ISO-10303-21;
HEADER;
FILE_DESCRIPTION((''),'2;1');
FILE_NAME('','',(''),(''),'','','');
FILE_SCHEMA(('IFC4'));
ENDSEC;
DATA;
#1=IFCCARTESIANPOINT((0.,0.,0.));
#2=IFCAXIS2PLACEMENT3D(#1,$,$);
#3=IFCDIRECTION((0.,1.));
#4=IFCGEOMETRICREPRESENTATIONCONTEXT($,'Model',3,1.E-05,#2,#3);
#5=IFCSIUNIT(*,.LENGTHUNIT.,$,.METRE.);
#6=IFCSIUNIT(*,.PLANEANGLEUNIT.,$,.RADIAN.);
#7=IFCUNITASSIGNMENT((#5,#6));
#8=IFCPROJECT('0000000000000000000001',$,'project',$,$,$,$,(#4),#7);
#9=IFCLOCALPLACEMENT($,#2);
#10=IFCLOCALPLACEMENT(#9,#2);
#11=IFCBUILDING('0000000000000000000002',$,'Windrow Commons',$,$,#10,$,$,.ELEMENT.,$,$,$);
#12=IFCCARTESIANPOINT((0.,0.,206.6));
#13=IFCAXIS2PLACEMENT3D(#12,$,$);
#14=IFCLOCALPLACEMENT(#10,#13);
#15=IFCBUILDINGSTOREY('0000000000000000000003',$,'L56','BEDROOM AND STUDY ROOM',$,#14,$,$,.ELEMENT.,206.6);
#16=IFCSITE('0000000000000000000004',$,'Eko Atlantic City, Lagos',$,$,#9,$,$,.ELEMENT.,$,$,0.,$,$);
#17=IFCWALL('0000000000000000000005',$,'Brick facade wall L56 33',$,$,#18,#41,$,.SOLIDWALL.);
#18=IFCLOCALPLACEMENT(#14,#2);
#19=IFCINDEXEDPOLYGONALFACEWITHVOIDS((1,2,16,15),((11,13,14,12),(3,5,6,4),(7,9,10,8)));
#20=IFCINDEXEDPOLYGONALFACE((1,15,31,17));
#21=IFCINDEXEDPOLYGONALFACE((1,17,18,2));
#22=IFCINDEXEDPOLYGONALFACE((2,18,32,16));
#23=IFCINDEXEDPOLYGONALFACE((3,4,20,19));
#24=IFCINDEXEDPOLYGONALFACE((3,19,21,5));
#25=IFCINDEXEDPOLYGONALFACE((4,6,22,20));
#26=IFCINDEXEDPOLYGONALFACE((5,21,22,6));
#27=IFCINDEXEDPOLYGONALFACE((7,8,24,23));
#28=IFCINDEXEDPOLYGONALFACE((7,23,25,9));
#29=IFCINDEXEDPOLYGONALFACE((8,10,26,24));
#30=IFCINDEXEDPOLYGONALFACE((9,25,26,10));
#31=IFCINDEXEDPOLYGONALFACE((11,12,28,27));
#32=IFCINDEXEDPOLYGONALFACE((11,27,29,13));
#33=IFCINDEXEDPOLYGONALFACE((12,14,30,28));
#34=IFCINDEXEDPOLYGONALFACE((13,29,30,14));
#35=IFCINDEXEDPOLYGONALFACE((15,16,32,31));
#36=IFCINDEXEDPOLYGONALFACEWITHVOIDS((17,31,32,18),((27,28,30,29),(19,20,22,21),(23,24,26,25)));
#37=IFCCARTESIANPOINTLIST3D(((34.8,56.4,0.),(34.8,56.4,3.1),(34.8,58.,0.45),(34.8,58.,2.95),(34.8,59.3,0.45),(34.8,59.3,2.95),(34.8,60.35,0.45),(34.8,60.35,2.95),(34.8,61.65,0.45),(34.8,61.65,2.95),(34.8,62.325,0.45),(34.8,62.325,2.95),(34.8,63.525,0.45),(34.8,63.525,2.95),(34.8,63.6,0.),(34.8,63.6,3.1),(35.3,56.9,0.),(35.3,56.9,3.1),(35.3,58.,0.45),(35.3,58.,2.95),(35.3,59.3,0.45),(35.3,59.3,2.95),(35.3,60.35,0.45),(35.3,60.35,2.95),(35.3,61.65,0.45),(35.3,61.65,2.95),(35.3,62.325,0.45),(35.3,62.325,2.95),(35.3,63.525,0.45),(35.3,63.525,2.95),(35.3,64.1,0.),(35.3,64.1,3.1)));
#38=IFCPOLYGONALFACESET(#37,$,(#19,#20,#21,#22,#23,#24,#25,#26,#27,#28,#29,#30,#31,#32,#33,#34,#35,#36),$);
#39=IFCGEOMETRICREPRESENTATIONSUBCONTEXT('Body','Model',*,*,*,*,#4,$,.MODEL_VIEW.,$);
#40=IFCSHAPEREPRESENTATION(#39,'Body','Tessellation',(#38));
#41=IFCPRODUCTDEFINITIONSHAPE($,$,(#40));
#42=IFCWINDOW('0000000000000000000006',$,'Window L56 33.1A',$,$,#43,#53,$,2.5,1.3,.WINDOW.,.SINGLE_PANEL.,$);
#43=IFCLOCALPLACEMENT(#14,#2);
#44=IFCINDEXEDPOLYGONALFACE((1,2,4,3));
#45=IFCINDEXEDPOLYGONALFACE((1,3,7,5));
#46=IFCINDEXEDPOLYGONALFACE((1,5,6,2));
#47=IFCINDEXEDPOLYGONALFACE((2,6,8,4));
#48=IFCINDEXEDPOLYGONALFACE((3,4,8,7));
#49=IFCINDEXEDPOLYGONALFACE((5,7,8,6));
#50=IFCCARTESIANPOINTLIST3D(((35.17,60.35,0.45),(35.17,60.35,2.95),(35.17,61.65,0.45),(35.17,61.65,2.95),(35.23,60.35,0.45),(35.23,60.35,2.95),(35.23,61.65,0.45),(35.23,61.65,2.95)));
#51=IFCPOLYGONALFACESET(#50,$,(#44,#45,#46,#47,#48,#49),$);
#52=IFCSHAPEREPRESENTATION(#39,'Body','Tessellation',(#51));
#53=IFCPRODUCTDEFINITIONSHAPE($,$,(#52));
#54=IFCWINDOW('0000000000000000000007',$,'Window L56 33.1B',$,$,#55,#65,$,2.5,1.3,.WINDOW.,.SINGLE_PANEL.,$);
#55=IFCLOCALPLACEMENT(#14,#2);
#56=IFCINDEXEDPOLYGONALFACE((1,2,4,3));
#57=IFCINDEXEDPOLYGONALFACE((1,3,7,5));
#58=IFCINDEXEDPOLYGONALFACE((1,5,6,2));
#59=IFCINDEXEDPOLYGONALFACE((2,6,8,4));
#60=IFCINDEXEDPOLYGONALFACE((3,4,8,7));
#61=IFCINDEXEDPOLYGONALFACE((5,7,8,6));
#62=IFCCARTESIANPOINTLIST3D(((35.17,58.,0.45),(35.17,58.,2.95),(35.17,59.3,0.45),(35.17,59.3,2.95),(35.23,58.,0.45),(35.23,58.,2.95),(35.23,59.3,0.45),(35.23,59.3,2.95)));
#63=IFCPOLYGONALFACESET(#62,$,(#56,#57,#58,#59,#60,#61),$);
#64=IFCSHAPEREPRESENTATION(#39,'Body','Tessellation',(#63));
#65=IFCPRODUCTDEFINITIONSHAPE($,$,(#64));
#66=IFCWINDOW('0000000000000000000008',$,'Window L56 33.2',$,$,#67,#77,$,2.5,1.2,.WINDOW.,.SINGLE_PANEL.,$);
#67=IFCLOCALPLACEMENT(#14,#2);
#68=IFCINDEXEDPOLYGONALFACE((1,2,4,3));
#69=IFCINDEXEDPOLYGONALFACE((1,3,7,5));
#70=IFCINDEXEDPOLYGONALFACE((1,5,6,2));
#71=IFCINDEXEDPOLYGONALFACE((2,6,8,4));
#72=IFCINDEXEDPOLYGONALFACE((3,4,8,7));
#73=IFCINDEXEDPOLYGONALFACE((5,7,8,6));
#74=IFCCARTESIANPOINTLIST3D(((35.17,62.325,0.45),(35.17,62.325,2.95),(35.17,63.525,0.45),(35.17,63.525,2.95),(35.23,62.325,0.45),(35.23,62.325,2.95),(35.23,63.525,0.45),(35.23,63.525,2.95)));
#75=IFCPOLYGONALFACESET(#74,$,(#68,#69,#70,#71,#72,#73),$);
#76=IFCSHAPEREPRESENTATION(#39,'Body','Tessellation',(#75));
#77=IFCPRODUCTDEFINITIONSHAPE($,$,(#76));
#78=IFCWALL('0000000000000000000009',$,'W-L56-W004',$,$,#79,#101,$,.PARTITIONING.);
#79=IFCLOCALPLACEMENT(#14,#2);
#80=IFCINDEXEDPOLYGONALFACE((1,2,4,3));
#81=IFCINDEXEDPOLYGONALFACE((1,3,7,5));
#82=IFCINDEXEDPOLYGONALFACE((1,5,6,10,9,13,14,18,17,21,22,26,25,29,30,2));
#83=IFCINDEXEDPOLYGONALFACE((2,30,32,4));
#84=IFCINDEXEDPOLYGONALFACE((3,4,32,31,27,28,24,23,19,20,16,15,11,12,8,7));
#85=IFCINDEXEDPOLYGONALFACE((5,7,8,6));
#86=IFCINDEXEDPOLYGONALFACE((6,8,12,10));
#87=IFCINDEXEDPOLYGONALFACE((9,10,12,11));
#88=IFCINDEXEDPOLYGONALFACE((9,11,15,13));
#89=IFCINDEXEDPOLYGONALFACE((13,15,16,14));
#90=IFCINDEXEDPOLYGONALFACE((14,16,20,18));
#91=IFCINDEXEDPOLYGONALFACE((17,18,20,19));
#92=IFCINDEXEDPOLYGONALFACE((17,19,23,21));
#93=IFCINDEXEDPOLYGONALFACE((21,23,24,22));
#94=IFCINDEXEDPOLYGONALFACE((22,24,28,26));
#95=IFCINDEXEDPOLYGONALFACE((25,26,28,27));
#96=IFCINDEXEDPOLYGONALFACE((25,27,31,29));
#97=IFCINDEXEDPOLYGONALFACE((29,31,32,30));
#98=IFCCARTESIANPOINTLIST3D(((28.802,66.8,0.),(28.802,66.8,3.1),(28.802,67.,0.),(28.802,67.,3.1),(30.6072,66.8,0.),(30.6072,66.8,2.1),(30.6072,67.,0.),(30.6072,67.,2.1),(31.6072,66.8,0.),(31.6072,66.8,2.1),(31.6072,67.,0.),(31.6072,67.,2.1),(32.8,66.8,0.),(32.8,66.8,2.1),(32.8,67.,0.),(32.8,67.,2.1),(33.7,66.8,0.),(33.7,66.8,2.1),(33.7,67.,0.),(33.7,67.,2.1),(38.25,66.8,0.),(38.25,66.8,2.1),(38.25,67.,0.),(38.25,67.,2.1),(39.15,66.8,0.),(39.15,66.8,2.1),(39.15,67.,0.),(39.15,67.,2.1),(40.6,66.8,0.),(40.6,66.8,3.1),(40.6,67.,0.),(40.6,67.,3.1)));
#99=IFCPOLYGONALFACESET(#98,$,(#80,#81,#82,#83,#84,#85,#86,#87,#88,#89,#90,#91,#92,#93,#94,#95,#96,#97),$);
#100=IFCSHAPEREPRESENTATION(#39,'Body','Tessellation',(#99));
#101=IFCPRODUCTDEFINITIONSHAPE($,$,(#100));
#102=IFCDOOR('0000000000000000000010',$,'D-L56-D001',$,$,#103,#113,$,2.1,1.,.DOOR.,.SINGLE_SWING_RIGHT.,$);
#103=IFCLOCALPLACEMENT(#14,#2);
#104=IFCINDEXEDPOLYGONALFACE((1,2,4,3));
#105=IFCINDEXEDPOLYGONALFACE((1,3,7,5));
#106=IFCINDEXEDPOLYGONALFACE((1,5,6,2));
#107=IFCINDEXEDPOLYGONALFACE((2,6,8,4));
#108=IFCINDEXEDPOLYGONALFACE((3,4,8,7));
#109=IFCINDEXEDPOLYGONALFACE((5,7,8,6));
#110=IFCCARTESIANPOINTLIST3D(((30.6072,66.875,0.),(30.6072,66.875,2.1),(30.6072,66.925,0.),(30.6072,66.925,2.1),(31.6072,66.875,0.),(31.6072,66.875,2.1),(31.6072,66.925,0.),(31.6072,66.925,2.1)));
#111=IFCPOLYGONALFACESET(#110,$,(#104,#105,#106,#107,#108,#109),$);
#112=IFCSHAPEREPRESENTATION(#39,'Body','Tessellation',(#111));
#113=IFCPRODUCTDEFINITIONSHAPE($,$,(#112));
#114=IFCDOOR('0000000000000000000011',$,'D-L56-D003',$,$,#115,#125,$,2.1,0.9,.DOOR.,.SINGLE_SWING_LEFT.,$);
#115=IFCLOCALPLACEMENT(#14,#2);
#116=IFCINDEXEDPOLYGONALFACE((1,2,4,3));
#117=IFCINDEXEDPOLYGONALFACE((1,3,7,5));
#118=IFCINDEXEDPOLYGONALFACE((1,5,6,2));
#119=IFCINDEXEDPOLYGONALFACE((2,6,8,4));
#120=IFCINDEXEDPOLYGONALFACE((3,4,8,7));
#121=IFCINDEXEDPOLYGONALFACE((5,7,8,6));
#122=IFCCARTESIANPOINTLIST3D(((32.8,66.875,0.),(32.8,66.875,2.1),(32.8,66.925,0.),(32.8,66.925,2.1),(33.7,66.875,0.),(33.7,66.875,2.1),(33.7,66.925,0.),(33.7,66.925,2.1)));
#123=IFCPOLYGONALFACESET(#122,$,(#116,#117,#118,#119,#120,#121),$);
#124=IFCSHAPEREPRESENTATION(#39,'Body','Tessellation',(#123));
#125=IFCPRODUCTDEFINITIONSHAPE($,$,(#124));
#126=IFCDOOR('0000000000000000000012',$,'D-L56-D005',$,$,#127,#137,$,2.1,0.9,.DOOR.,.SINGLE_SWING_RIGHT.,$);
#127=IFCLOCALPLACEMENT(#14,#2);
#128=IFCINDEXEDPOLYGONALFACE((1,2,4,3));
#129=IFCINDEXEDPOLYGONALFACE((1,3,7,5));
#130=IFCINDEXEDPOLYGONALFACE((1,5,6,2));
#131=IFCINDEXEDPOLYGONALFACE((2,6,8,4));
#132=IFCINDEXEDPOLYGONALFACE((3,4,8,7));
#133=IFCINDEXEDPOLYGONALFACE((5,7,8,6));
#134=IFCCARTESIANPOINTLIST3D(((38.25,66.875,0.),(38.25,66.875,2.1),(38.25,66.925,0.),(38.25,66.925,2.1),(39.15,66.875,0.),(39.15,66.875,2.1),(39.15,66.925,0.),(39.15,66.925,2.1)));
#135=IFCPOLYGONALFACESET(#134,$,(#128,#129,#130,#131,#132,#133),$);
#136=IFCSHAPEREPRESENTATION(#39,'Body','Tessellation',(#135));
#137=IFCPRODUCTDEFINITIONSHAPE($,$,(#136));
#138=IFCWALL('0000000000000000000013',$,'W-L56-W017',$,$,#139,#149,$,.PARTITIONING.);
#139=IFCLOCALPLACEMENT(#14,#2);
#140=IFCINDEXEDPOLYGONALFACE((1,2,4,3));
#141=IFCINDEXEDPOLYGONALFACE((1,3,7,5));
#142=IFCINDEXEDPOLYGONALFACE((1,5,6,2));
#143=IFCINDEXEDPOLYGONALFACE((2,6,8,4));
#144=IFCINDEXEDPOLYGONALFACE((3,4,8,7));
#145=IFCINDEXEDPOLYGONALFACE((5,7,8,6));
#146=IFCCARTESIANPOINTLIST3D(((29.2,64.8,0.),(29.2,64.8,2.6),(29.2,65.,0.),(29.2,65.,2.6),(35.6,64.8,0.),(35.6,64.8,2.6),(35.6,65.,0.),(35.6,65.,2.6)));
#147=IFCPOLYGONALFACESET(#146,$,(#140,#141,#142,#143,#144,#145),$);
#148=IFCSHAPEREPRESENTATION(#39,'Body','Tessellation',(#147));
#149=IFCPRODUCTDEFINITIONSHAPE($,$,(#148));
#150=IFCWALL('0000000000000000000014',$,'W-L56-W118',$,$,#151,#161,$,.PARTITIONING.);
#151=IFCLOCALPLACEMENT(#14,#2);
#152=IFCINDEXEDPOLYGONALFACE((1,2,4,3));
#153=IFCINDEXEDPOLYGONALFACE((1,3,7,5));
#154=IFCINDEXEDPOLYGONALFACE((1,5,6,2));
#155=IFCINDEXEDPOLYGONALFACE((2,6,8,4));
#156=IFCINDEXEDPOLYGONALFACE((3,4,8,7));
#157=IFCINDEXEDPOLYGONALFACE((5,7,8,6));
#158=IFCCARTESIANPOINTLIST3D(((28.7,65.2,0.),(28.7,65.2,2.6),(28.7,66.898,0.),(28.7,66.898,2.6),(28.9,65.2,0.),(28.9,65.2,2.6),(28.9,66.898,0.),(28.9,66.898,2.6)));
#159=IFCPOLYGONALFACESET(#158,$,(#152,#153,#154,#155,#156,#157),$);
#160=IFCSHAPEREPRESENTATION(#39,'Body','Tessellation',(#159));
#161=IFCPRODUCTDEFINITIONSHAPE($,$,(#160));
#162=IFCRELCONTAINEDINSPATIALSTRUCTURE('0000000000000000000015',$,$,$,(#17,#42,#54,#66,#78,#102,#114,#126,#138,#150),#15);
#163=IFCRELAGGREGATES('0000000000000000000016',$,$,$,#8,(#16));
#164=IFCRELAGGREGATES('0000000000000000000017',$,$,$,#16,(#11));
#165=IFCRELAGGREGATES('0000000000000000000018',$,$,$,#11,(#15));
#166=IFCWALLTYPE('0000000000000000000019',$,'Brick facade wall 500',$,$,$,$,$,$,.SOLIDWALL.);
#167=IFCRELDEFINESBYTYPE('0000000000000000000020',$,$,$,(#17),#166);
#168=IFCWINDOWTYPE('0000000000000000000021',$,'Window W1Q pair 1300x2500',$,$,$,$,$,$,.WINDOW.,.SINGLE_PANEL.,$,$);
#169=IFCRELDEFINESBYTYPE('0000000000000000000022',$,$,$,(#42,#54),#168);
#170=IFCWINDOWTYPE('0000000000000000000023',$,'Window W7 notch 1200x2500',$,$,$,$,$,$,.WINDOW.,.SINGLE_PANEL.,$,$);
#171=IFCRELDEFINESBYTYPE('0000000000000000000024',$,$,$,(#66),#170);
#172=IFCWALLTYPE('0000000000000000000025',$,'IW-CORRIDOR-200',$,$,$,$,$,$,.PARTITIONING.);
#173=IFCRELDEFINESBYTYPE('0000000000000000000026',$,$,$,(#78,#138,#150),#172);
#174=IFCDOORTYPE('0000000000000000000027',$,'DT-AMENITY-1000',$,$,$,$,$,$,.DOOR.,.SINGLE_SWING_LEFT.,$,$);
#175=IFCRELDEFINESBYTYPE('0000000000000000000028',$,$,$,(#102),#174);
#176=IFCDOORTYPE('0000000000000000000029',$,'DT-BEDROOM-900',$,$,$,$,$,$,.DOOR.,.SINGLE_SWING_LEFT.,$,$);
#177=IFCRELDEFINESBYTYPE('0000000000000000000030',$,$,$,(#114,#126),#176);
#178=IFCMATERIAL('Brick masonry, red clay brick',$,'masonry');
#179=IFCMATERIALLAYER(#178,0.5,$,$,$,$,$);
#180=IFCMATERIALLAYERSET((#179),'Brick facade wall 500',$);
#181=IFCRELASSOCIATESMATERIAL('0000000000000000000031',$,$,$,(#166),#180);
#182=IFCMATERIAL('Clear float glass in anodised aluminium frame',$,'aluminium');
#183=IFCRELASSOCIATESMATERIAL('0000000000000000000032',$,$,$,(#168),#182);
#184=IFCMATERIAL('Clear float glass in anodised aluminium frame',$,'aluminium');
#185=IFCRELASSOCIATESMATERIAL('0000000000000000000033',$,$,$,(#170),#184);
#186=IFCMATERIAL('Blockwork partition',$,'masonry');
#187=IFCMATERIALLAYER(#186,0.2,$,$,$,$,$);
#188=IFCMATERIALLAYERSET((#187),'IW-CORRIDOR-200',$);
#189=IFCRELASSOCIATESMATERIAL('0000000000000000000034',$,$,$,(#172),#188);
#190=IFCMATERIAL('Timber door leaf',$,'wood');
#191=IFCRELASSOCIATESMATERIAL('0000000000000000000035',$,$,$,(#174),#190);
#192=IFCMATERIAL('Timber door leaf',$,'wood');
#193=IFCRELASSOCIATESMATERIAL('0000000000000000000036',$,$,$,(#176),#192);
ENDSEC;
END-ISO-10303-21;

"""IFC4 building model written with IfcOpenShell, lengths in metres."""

from ifc_helpers import new_model, si_unit, direction, frame, frame_2d, origin, place, context, subcontext, project, spatial, polyline, rectangle, outline, extrude, material, layer, layer_set, type_object, element, fill, save


model = new_model("IFC4")

# Units and contexts
model_context = context("Model", 3, precision=1e-05, world=origin(), true_north=direction((0.0, 1.0)))
body_context = subcontext(model_context, "Body", "Model", "MODEL_VIEW")
ifc_project = project(units=[si_unit("LENGTHUNIT", "METRE"), si_unit("PLANEANGLEUNIT", "RADIAN")], contexts=[model_context])

# Site, building, storey
site_placement = place(None, origin())
site = spatial("IfcSite", under=ifc_project, at=site_placement, Name="Eko Atlantic City, Lagos", CompositionType="ELEMENT", RefElevation=0.0)
building_placement = place(site_placement, origin())
building = spatial("IfcBuilding", under=site, at=building_placement, Name="Windrow Commons", CompositionType="ELEMENT")
storey_placement = place(building_placement, frame((0.0, 0.0, 206.6)))
storey = spatial("IfcBuildingStorey", under=building, at=storey_placement, Name="L56", Description="BEDROOM AND STUDY ROOM", CompositionType="ELEMENT", Elevation=206.6)

# Wall, openings, windows
ifc_material_1 = material(Name="Brick masonry, red clay brick", Category="masonry")
ifc_layer_1 = layer(ifc_material_1, 0.5)
ifc_layer_set_1 = layer_set([ifc_layer_1], Name="Brick facade wall 500")
wall_type_1 = type_object("IfcWallType", Name="Brick facade wall 500", PredefinedType="SOLIDWALL", material=ifc_layer_set_1)
ifc_material_2 = material(Name="Clear float glass in anodised aluminium frame", Category="aluminium")
window_type_1 = type_object("IfcWindowType", Name="Window W1Q pair 1300x2500", PartitioningType="SINGLE_PANEL", PredefinedType="WINDOW", material=ifc_material_2)
ifc_material_3 = material(Name="Clear float glass in anodised aluminium frame", Category="aluminium")
window_type_2 = type_object("IfcWindowType", Name="Window W7 notch 1200x2500", PartitioningType="SINGLE_PANEL", PredefinedType="WINDOW", material=ifc_material_3)
wall_1_placement = place(storey_placement, frame((35.05, 63.85, 0.0), z_axis=(0.0, 0.0, 1.0), x_axis=(0.0, -1.0, 0.0)))
wall_1 = element("IfcWall", 1, at=wall_1_placement, inside=storey, type_object=wall_type_1, Name="Brick facade wall L56 33", PredefinedType="SOLIDWALL", context=body_context, shape_type="SweptSolid", body=[
    extrude(outline(polyline([(0.25, -0.25), (7.45, -0.25), (6.95, 0.25), (-0.25, 0.25), (0.25, -0.25)])), origin(), (0.0, 0.0, 1.0), 3.1),
])
opening_1_placement = place(wall_1_placement, frame((2.2, 0.0, 0.45)))
opening_1 = element("IfcOpeningElement", 2, at=opening_1_placement, cuts=wall_1, PredefinedType="OPENING", context=body_context, shape_type="SweptSolid", body=[
    extrude(rectangle(XDim=1.3, YDim=2.5, at=frame_2d((0.65, 1.25))), frame((0.0, 0.26, 0.0), z_axis=(0.0, -1.0, 0.0), x_axis=(1.0, 0.0, 0.0)), (0.0, 0.0, 1.0), 0.52),
])
opening_2_placement = place(wall_1_placement, frame((4.55, 0.0, 0.45)))
opening_2 = element("IfcOpeningElement", 3, at=opening_2_placement, cuts=wall_1, PredefinedType="OPENING", context=body_context, shape_type="SweptSolid", body=[
    extrude(rectangle(XDim=1.3, YDim=2.5, at=frame_2d((0.65, 1.25))), frame((0.0, 0.26, 0.0), z_axis=(0.0, -1.0, 0.0), x_axis=(1.0, 0.0, 0.0)), (0.0, 0.0, 1.0), 0.52),
])
opening_3_placement = place(wall_1_placement, frame((0.325, 0.0, 0.45)))
opening_3 = element("IfcOpeningElement", 4, at=opening_3_placement, cuts=wall_1, PredefinedType="OPENING", context=body_context, shape_type="SweptSolid", body=[
    extrude(rectangle(XDim=1.2, YDim=2.5, at=frame_2d((0.6, 1.25))), frame((0.0, 0.26, 0.0), z_axis=(0.0, -1.0, 0.0), x_axis=(1.0, 0.0, 0.0)), (0.0, 0.0, 1.0), 0.52),
])
window_1_placement = place(opening_1_placement, origin())
window_1 = element("IfcWindow", 5, at=window_1_placement, inside=storey, type_object=window_type_1, Name="Window L56 33.1A", OverallHeight=2.5, OverallWidth=1.3, PartitioningType="SINGLE_PANEL", PredefinedType="WINDOW", context=body_context, shape_type="SweptSolid", body=[
    extrude(rectangle(XDim=1.3, YDim=2.5, at=frame_2d((0.65, 1.25))), frame((0.0, 0.18, 0.0), z_axis=(0.0, -1.0, 0.0), x_axis=(1.0, 0.0, 0.0)), (0.0, 0.0, 1.0), 0.06),
])
fill(opening_1, window_1)
window_2_placement = place(opening_2_placement, origin())
window_2 = element("IfcWindow", 6, at=window_2_placement, inside=storey, type_object=window_type_1, Name="Window L56 33.1B", OverallHeight=2.5, OverallWidth=1.3, PartitioningType="SINGLE_PANEL", PredefinedType="WINDOW", context=body_context, shape_type="SweptSolid", body=[
    extrude(rectangle(XDim=1.3, YDim=2.5, at=frame_2d((0.65, 1.25))), frame((0.0, 0.18, 0.0), z_axis=(0.0, -1.0, 0.0), x_axis=(1.0, 0.0, 0.0)), (0.0, 0.0, 1.0), 0.06),
])
fill(opening_2, window_2)
window_3_placement = place(opening_3_placement, origin())
window_3 = element("IfcWindow", 7, at=window_3_placement, inside=storey, type_object=window_type_2, Name="Window L56 33.2", OverallHeight=2.5, OverallWidth=1.2, PartitioningType="SINGLE_PANEL", PredefinedType="WINDOW", context=body_context, shape_type="SweptSolid", body=[
    extrude(rectangle(XDim=1.2, YDim=2.5, at=frame_2d((0.6, 1.25))), frame((0.0, 0.18, 0.0), z_axis=(0.0, -1.0, 0.0), x_axis=(1.0, 0.0, 0.0)), (0.0, 0.0, 1.0), 0.06),
])
fill(opening_3, window_3)

# Wall, openings, doors
ifc_material_4 = material(Name="Blockwork partition", Category="masonry")
ifc_layer_2 = layer(ifc_material_4, 0.2)
ifc_layer_set_2 = layer_set([ifc_layer_2], Name="IW-CORRIDOR-200")
wall_type_2 = type_object("IfcWallType", Name="IW-CORRIDOR-200", PredefinedType="PARTITIONING", material=ifc_layer_set_2)
wall_2_placement = place(storey_placement, frame((28.802, 66.9, 0.0), z_axis=(0.0, 0.0, 1.0), x_axis=(1.0, 0.0, 0.0)))
wall_2 = element("IfcWall", 8, at=wall_2_placement, inside=storey, type_object=wall_type_2, Name="W-L56-W004", PredefinedType="PARTITIONING", context=body_context, shape_type="SweptSolid", body=[
    extrude(rectangle(XDim=11.798, YDim=0.2, at=frame_2d((5.899, 0.0))), origin(), (0.0, 0.0, 1.0), 3.1),
])
opening_4_placement = place(wall_2_placement, frame((1.8052, 0.0, 0.0)))
opening_4 = element("IfcOpeningElement", 9, at=opening_4_placement, cuts=wall_2, PredefinedType="OPENING", context=body_context, shape_type="SweptSolid", body=[
    extrude(rectangle(XDim=1.0, YDim=2.1, at=frame_2d((0.5, 1.05))), frame((0.0, 0.11, 0.0), z_axis=(0.0, -1.0, 0.0), x_axis=(1.0, 0.0, 0.0)), (0.0, 0.0, 1.0), 0.22),
])
opening_5_placement = place(wall_2_placement, frame((3.998, 0.0, 0.0)))
opening_5 = element("IfcOpeningElement", 10, at=opening_5_placement, cuts=wall_2, PredefinedType="OPENING", context=body_context, shape_type="SweptSolid", body=[
    extrude(rectangle(XDim=0.9, YDim=2.1, at=frame_2d((0.45, 1.05))), frame((0.0, 0.11, 0.0), z_axis=(0.0, -1.0, 0.0), x_axis=(1.0, 0.0, 0.0)), (0.0, 0.0, 1.0), 0.22),
])
opening_6_placement = place(wall_2_placement, frame((9.448, 0.0, 0.0)))
opening_6 = element("IfcOpeningElement", 11, at=opening_6_placement, cuts=wall_2, PredefinedType="OPENING", context=body_context, shape_type="SweptSolid", body=[
    extrude(rectangle(XDim=0.9, YDim=2.1, at=frame_2d((0.45, 1.05))), frame((0.0, 0.11, 0.0), z_axis=(0.0, -1.0, 0.0), x_axis=(1.0, 0.0, 0.0)), (0.0, 0.0, 1.0), 0.22),
])
ifc_material_5 = material(Name="Timber door leaf", Category="wood")
door_type_1 = type_object("IfcDoorType", Name="DT-AMENITY-1000", OperationType="SINGLE_SWING_LEFT", PredefinedType="DOOR", material=ifc_material_5)
door_1_placement = place(opening_4_placement, origin())
door_1 = element("IfcDoor", 12, at=door_1_placement, inside=storey, type_object=door_type_1, Name="D-L56-D001", OperationType="SINGLE_SWING_RIGHT", OverallHeight=2.1, OverallWidth=1.0, PredefinedType="DOOR", context=body_context, shape_type="SweptSolid", body=[
    extrude(rectangle(XDim=1.0, YDim=2.1, at=frame_2d((0.5, 1.05))), frame((0.0, 0.025, 0.0), z_axis=(0.0, -1.0, 0.0), x_axis=(1.0, 0.0, 0.0)), (0.0, 0.0, 1.0), 0.05),
])
fill(opening_4, door_1)
ifc_material_6 = material(Name="Timber door leaf", Category="wood")
door_type_2 = type_object("IfcDoorType", Name="DT-BEDROOM-900", OperationType="SINGLE_SWING_LEFT", PredefinedType="DOOR", material=ifc_material_6)
door_2_placement = place(opening_5_placement, origin())
door_2 = element("IfcDoor", 13, at=door_2_placement, inside=storey, type_object=door_type_2, Name="D-L56-D003", OperationType="SINGLE_SWING_LEFT", OverallHeight=2.1, OverallWidth=0.9, PredefinedType="DOOR", context=body_context, shape_type="SweptSolid", body=[
    extrude(rectangle(XDim=0.9, YDim=2.1, at=frame_2d((0.45, 1.05))), frame((0.0, 0.025, 0.0), z_axis=(0.0, -1.0, 0.0), x_axis=(1.0, 0.0, 0.0)), (0.0, 0.0, 1.0), 0.05),
])
fill(opening_5, door_2)
door_3_placement = place(opening_6_placement, origin())
door_3 = element("IfcDoor", 14, at=door_3_placement, inside=storey, type_object=door_type_2, Name="D-L56-D005", OperationType="SINGLE_SWING_RIGHT", OverallHeight=2.1, OverallWidth=0.9, PredefinedType="DOOR", context=body_context, shape_type="SweptSolid", body=[
    extrude(rectangle(XDim=0.9, YDim=2.1, at=frame_2d((0.45, 1.05))), frame((0.0, 0.025, 0.0), z_axis=(0.0, -1.0, 0.0), x_axis=(1.0, 0.0, 0.0)), (0.0, 0.0, 1.0), 0.05),
])
fill(opening_6, door_3)

# Walls
wall_3_placement = place(storey_placement, frame((29.2, 64.9, 0.0), z_axis=(0.0, 0.0, 1.0), x_axis=(1.0, 0.0, 0.0)))
element("IfcWall", 15, at=wall_3_placement, inside=storey, type_object=wall_type_2, Name="W-L56-W017", PredefinedType="PARTITIONING", context=body_context, shape_type="SweptSolid", body=[
    extrude(rectangle(XDim=6.4, YDim=0.2, at=frame_2d((3.2, 0.0))), origin(), (0.0, 0.0, 1.0), 2.6),
])
wall_4_placement = place(storey_placement, frame((28.8, 65.2, 0.0), z_axis=(0.0, 0.0, 1.0), x_axis=(0.0, 1.0, 0.0)))
element("IfcWall", 16, at=wall_4_placement, inside=storey, type_object=wall_type_2, Name="W-L56-W118", PredefinedType="PARTITIONING", context=body_context, shape_type="SweptSolid", body=[
    extrude(rectangle(XDim=1.698, YDim=0.2, at=frame_2d((0.849, 0.0))), origin(), (0.0, 0.0, 1.0), 2.6),
])

save(model, "model.ifc")
